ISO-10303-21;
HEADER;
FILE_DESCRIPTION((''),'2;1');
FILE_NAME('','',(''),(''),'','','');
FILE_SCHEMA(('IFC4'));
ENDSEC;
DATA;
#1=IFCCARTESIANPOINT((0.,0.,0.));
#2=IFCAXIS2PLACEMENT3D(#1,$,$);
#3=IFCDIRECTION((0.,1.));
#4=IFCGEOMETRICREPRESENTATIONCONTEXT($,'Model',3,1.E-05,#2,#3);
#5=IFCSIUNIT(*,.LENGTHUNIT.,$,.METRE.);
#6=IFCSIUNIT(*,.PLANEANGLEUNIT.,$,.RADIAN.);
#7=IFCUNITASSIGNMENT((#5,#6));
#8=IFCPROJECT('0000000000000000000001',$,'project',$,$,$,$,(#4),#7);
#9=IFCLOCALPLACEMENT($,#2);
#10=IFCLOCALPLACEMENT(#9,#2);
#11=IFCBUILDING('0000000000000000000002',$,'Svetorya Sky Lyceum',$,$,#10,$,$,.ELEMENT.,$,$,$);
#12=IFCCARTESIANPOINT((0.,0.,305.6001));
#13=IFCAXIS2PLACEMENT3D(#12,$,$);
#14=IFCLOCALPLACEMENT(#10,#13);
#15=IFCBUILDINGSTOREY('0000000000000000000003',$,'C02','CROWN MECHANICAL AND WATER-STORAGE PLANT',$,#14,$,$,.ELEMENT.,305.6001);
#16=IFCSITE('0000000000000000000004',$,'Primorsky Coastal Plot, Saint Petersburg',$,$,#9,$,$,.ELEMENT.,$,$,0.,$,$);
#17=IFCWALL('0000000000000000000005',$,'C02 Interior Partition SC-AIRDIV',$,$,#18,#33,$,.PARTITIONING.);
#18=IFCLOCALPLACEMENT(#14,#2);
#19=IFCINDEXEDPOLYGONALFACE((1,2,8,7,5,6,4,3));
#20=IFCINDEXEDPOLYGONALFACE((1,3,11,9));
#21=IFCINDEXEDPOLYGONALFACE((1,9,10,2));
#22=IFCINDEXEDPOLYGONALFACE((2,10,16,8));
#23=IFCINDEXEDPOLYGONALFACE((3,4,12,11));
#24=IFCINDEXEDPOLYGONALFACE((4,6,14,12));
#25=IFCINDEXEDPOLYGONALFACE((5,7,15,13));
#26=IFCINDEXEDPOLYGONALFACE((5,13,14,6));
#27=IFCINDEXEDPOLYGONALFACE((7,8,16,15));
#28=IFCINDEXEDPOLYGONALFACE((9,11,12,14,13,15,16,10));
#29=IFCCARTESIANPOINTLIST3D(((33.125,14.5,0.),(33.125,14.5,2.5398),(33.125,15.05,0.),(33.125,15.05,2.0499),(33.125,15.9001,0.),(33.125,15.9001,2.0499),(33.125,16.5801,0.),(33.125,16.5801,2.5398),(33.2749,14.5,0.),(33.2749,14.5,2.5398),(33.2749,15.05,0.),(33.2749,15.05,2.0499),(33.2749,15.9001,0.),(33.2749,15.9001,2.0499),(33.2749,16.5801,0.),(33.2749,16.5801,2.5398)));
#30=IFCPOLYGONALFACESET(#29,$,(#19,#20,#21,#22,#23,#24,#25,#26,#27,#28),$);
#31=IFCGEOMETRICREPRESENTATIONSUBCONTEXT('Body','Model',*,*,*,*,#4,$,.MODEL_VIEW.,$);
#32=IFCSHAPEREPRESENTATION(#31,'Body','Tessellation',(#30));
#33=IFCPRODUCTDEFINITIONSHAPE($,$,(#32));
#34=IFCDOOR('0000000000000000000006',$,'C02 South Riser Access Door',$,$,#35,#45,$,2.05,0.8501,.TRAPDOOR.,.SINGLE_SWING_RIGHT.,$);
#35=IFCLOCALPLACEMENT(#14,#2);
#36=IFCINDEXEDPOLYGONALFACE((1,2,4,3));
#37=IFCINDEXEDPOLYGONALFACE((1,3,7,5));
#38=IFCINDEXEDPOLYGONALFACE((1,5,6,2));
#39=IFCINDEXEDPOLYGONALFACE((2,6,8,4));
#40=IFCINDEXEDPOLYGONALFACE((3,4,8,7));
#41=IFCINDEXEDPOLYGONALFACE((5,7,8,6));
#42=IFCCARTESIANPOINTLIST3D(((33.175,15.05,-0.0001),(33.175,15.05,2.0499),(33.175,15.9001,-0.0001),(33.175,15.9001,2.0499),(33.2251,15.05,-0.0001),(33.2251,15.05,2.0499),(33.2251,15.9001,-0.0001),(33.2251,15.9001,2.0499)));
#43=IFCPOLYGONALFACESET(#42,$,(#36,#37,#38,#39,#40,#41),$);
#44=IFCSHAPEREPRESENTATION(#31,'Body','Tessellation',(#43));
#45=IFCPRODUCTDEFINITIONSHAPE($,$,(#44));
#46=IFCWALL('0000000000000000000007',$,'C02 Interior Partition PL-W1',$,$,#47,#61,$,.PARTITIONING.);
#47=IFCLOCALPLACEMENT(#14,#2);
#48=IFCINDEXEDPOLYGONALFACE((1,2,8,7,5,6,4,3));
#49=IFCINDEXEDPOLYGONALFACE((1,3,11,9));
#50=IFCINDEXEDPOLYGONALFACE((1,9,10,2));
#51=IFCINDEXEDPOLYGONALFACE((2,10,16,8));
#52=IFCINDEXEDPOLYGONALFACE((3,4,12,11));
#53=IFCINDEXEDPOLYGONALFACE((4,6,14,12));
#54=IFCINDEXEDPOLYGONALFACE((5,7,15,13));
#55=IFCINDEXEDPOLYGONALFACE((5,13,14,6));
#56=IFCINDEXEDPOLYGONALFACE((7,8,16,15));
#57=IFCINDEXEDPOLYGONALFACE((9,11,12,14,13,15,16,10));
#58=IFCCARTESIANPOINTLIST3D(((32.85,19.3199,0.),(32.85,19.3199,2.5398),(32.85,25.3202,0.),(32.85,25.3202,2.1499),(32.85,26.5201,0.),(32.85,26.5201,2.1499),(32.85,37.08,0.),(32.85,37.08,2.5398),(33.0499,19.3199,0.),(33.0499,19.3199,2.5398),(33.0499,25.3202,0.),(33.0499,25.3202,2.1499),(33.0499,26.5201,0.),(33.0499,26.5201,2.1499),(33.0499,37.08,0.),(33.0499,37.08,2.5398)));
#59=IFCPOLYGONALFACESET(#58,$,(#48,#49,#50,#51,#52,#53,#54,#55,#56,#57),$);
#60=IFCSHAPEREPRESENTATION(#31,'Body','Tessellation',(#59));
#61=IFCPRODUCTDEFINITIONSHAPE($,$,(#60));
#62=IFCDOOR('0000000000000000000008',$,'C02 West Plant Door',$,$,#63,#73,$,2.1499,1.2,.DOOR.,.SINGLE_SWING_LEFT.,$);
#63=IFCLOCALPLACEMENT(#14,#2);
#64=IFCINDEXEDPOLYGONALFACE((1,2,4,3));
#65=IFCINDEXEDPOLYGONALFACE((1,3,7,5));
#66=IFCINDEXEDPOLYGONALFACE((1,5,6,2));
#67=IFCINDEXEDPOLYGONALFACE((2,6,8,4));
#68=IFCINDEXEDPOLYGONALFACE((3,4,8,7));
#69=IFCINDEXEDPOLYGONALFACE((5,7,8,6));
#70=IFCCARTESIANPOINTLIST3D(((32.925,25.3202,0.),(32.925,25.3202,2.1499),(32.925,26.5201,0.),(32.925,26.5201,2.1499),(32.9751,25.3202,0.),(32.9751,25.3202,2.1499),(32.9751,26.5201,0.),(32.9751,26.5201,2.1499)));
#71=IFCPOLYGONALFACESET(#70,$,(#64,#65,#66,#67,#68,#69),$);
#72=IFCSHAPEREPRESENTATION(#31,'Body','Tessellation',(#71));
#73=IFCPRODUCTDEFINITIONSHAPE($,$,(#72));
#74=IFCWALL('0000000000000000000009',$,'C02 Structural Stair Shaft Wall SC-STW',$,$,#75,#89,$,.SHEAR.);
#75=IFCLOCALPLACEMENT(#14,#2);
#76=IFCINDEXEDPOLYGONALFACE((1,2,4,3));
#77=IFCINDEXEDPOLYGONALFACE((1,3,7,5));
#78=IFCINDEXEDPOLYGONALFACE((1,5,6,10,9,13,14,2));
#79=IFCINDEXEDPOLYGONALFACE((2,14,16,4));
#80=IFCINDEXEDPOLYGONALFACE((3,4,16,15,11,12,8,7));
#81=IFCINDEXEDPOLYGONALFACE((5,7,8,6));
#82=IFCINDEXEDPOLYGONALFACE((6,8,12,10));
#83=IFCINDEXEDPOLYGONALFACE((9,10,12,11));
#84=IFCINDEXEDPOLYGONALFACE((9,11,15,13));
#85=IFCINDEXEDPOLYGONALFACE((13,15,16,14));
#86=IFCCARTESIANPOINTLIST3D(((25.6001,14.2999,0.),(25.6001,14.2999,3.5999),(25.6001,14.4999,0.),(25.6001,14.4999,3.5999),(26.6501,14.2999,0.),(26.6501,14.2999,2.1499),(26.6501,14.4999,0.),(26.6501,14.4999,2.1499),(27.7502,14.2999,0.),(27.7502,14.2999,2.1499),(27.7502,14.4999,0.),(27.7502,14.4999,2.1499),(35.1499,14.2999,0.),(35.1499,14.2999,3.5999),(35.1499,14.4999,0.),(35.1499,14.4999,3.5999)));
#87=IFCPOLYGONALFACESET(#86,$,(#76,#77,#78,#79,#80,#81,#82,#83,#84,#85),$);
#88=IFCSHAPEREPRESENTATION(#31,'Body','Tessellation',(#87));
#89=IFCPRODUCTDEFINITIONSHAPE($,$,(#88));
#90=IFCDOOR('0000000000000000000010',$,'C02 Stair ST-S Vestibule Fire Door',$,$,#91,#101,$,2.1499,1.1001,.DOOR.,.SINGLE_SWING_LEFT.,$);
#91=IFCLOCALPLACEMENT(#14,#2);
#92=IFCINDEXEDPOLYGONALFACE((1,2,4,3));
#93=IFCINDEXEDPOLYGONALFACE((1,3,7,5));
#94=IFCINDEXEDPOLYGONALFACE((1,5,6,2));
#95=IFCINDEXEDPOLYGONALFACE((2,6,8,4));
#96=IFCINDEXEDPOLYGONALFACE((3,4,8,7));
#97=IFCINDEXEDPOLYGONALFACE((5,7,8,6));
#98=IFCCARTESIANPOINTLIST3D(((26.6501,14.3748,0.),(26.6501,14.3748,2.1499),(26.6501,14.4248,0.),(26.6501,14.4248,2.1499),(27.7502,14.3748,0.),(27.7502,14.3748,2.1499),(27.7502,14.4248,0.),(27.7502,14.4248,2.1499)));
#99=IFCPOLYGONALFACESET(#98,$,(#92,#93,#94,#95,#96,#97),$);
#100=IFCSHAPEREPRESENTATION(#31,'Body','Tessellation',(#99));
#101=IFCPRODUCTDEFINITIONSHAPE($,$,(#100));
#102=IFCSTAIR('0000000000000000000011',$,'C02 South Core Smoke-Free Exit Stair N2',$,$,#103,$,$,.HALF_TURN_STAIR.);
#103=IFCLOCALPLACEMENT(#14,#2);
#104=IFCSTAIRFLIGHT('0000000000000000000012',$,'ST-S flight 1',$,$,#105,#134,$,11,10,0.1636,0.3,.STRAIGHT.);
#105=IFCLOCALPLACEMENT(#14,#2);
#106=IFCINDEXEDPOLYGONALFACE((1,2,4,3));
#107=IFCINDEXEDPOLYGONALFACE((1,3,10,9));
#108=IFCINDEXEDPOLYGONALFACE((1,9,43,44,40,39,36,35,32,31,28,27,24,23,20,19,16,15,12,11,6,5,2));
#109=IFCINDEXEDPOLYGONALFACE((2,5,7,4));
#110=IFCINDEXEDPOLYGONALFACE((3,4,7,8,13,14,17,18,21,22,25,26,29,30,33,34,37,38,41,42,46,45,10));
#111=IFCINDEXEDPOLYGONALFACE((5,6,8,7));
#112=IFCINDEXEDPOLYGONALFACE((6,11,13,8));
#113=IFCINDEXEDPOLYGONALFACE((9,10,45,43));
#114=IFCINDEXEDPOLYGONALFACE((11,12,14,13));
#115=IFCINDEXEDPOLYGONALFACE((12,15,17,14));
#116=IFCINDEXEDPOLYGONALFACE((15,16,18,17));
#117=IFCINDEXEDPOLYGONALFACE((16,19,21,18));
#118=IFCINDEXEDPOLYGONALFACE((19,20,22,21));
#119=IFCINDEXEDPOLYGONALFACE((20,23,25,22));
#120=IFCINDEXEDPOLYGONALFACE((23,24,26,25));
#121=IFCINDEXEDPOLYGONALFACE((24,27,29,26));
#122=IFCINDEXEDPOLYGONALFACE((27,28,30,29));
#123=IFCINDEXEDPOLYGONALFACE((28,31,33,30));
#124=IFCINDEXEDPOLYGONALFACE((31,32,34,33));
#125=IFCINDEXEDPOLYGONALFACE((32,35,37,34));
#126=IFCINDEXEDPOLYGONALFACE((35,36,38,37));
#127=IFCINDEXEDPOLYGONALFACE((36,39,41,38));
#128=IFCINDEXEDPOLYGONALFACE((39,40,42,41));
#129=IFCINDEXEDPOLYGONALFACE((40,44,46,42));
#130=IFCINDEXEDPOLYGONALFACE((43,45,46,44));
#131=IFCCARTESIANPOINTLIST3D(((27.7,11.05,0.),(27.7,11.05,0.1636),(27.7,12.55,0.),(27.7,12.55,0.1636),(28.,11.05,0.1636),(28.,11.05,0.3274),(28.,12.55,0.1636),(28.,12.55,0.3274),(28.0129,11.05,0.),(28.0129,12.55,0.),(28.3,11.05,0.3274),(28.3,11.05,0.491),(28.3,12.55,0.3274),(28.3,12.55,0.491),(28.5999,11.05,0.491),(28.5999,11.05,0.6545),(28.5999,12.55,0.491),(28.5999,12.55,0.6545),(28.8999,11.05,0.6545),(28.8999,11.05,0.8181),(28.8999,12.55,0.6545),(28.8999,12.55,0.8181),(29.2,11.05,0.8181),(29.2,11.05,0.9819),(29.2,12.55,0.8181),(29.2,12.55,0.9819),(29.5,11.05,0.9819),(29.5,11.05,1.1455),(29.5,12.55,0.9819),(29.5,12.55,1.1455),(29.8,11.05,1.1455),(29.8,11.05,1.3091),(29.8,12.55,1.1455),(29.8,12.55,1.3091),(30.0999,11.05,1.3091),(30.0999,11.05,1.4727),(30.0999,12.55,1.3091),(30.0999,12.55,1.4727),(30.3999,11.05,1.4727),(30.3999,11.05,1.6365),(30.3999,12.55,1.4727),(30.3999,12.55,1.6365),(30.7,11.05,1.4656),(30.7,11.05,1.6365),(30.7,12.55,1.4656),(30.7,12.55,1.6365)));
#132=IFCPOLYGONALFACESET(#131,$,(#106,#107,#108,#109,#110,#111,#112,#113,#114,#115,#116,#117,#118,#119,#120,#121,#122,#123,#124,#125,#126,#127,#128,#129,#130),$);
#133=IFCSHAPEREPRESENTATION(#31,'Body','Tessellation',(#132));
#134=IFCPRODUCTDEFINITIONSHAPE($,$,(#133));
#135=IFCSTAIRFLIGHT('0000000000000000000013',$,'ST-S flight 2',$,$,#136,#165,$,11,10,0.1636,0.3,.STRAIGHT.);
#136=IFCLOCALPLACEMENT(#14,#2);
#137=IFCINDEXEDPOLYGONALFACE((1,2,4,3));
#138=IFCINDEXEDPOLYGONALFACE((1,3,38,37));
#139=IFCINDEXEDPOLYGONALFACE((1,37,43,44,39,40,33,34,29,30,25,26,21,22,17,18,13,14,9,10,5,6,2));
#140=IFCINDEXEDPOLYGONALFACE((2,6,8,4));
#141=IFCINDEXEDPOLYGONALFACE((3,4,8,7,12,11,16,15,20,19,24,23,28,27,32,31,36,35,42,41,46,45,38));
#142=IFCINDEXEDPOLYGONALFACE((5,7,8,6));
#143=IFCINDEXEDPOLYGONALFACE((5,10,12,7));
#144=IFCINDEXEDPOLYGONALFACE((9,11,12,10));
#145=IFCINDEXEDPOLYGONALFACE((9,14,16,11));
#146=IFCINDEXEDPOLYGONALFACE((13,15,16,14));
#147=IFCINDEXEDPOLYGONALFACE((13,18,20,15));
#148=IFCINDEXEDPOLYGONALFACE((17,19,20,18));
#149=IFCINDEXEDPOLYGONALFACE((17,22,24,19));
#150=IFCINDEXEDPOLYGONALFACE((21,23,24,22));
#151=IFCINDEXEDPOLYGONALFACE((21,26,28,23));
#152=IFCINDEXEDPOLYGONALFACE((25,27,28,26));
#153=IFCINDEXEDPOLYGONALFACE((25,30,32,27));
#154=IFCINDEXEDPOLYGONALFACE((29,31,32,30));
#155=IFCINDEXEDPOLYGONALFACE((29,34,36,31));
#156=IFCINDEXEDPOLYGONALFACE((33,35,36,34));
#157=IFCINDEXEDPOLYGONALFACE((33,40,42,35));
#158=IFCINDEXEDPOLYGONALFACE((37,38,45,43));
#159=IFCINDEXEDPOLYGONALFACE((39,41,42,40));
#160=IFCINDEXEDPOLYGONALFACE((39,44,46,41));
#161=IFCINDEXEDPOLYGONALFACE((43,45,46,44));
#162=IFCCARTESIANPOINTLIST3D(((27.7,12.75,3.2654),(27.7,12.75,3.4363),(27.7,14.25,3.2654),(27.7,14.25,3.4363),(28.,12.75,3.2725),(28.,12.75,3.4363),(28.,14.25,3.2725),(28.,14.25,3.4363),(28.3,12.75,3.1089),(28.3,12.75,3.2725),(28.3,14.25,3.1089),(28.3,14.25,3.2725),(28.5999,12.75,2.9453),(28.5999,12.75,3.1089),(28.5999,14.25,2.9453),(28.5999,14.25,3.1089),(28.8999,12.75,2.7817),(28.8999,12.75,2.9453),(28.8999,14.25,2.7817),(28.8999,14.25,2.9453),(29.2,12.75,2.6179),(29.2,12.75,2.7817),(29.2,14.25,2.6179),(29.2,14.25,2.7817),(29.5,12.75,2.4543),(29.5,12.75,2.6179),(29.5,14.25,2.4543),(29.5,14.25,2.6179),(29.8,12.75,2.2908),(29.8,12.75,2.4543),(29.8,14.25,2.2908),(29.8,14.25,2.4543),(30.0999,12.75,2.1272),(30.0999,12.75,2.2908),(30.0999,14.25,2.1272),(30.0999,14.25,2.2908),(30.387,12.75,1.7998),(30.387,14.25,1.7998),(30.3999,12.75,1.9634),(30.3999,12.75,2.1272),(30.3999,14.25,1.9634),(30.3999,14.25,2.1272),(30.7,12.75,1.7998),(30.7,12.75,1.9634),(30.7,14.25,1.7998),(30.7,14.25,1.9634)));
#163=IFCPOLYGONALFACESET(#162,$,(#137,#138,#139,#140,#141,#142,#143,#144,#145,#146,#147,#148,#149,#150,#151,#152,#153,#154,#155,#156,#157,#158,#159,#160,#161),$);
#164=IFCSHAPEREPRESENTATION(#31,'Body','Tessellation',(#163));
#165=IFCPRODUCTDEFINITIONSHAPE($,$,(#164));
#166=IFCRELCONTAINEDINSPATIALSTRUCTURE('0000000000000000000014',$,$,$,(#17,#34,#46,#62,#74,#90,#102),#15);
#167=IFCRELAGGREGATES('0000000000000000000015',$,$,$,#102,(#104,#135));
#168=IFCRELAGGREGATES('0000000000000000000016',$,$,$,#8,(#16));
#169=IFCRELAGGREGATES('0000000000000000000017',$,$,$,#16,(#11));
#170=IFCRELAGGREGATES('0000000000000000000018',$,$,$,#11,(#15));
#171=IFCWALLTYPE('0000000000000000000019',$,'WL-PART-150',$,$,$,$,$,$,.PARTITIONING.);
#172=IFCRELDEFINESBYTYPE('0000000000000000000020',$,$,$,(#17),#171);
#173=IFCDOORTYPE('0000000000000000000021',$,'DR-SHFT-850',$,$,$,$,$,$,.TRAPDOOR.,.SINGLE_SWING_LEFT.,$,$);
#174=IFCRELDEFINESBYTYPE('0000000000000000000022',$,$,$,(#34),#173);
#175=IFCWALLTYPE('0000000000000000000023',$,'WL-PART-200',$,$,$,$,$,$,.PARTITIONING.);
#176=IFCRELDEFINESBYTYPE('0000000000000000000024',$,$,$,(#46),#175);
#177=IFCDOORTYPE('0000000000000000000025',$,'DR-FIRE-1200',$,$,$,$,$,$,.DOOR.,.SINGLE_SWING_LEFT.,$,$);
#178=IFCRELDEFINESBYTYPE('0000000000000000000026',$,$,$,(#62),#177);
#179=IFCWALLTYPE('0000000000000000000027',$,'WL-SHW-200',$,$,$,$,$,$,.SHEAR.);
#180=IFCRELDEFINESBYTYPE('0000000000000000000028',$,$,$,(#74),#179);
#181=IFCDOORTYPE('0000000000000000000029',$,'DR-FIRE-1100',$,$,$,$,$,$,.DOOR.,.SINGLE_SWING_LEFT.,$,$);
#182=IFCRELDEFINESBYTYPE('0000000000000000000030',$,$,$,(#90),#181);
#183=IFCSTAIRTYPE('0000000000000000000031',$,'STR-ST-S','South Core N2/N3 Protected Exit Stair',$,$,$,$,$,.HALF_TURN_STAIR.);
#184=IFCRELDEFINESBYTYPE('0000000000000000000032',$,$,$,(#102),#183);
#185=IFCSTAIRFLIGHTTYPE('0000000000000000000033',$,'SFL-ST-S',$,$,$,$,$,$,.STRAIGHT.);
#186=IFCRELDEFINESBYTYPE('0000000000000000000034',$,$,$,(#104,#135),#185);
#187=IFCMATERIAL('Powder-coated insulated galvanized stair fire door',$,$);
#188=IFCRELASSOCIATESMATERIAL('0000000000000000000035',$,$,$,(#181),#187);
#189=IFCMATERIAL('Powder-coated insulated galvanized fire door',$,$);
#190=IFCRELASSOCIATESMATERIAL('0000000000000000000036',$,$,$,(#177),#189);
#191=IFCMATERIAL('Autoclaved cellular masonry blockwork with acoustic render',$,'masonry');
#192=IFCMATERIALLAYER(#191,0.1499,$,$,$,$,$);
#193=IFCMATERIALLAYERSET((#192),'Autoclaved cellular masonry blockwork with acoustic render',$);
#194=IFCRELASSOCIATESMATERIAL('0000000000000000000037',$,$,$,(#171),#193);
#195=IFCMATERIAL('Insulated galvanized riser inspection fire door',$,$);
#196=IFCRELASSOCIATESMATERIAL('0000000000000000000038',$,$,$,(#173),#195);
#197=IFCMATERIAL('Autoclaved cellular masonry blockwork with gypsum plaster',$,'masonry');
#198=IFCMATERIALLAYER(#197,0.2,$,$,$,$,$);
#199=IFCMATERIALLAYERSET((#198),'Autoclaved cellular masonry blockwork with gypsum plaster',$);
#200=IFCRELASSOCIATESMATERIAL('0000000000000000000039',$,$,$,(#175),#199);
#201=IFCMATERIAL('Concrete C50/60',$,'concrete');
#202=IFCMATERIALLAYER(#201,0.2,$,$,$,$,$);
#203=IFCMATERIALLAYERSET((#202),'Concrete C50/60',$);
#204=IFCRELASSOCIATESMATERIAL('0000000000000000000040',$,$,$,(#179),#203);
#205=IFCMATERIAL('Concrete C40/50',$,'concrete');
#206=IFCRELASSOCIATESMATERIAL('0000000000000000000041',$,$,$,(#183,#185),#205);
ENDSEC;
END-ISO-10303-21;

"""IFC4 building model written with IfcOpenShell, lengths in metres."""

from ifc_helpers import new_model, si_unit, direction, frame, frame_2d, origin, place, context, subcontext, project, spatial, polyline, rectangle, outline, extrude, material, layer, layer_set, type_object, element, fill, aggregate, save


model = new_model("IFC4")

# Units and contexts
model_context = context("Model", 3, precision=1e-05, world=origin(), true_north=direction((0.0, 1.0)))
body_context = subcontext(model_context, "Body", "Model", "MODEL_VIEW")
ifc_project = project(units=[si_unit("LENGTHUNIT", "METRE"), si_unit("PLANEANGLEUNIT", "RADIAN")], contexts=[model_context])

# Site, building, storey
site_placement = place(None, origin())
site = spatial("IfcSite", under=ifc_project, at=site_placement, Name="Primorsky Coastal Plot, Saint Petersburg", CompositionType="ELEMENT", RefElevation=0.0)
building_placement = place(site_placement, origin())
building = spatial("IfcBuilding", under=site, at=building_placement, Name="Svetorya Sky Lyceum", CompositionType="ELEMENT")
storey_placement = place(building_placement, frame((0.0, 0.0, 305.6001)))
storey = spatial("IfcBuildingStorey", under=building, at=storey_placement, Name="C02", Description="CROWN MECHANICAL AND WATER-STORAGE PLANT", CompositionType="ELEMENT", Elevation=305.6001)

# Shared definitions
ifc_material_1 = material(Name="Concrete C40/50", Category="concrete")

# Shared definitions
ifc_material_2 = material(Name="Powder-coated insulated galvanized stair fire door")
door_type_1 = type_object("IfcDoorType", Name="DR-FIRE-1100", OperationType="SINGLE_SWING_LEFT", PredefinedType="DOOR", material=ifc_material_2)
ifc_material_3 = material(Name="Powder-coated insulated galvanized fire door")
door_type_2 = type_object("IfcDoorType", Name="DR-FIRE-1200", OperationType="SINGLE_SWING_LEFT", PredefinedType="DOOR", material=ifc_material_3)

# Walls, openings, doors
ifc_material_4 = material(Name="Autoclaved cellular masonry blockwork with acoustic render", Category="masonry")
ifc_layer_1 = layer(ifc_material_4, 0.1499)
ifc_layer_set_1 = layer_set([ifc_layer_1], Name="Autoclaved cellular masonry blockwork with acoustic render")
wall_type_1 = type_object("IfcWallType", Name="WL-PART-150", PredefinedType="PARTITIONING", material=ifc_layer_set_1)
wall_1_placement = place(storey_placement, frame((33.2, 14.5, 0.0), z_axis=(0.0, 0.0, 1.0), x_axis=(0.0, 1.0, 0.0)))
wall_1 = element("IfcWall", 1, at=wall_1_placement, inside=storey, type_object=wall_type_1, Name="C02 Interior Partition SC-AIRDIV", PredefinedType="PARTITIONING", context=body_context, shape_type="SweptSolid", body=[
    extrude(rectangle(XDim=2.0801, YDim=0.1499, at=frame_2d((1.04, 0.0))), origin(), (0.0, 0.0, 1.0), 2.5398),
])
opening_1_placement = place(wall_1_placement, frame((0.55, 0.0, 0.0)))
opening_1 = element("IfcOpeningElement", 2, at=opening_1_placement, cuts=wall_1, PredefinedType="OPENING", context=body_context, shape_type="SweptSolid", body=[
    extrude(rectangle(XDim=0.8501, YDim=2.05, at=frame_2d((0.425, 1.0249))), frame((0.0, 0.085, 0.0), z_axis=(0.0, -1.0, 0.0), x_axis=(1.0, 0.0, 0.0)), (0.0, 0.0, 1.0), 0.1699),
])
ifc_material_5 = material(Name="Insulated galvanized riser inspection fire door")
door_type_3 = type_object("IfcDoorType", Name="DR-SHFT-850", OperationType="SINGLE_SWING_LEFT", PredefinedType="TRAPDOOR", material=ifc_material_5)
door_1_placement = place(opening_1_placement, origin())
door_1 = element("IfcDoor", 3, at=door_1_placement, inside=storey, type_object=door_type_3, Name="C02 South Riser Access Door", OperationType="SINGLE_SWING_RIGHT", OverallHeight=2.05, OverallWidth=0.8501, PredefinedType="TRAPDOOR", context=body_context, shape_type="SweptSolid", body=[
    extrude(rectangle(XDim=0.8501, YDim=2.05, at=frame_2d((0.425, 1.0249))), frame((0.0, 0.0249, 0.0), z_axis=(0.0, -1.0, 0.0), x_axis=(1.0, 0.0, 0.0)), (0.0, 0.0, 1.0), 0.05),
])
fill(opening_1, door_1)
ifc_material_6 = material(Name="Autoclaved cellular masonry blockwork with gypsum plaster", Category="masonry")
ifc_layer_2 = layer(ifc_material_6, 0.2)
ifc_layer_set_2 = layer_set([ifc_layer_2], Name="Autoclaved cellular masonry blockwork with gypsum plaster")
wall_type_2 = type_object("IfcWallType", Name="WL-PART-200", PredefinedType="PARTITIONING", material=ifc_layer_set_2)
wall_2_placement = place(storey_placement, frame((32.95, 19.3201, 0.0), z_axis=(0.0, 0.0, 1.0), x_axis=(0.0, 1.0, 0.0)))
wall_2 = element("IfcWall", 4, at=wall_2_placement, inside=storey, type_object=wall_type_2, Name="C02 Interior Partition PL-W1", PredefinedType="PARTITIONING", context=body_context, shape_type="SweptSolid", body=[
    extrude(rectangle(XDim=17.76, YDim=0.2, at=frame_2d((8.8799, 0.0))), origin(), (0.0, 0.0, 1.0), 2.5398),
])
opening_2_placement = place(wall_2_placement, frame((6.0, 0.0, 0.0)))
opening_2 = element("IfcOpeningElement", 5, at=opening_2_placement, cuts=wall_2, PredefinedType="OPENING", context=body_context, shape_type="SweptSolid", body=[
    extrude(rectangle(XDim=1.2, YDim=2.1499, at=frame_2d((0.6001, 1.075))), frame((0.0, 0.1099, 0.0), z_axis=(0.0, -1.0, 0.0), x_axis=(1.0, 0.0, 0.0)), (0.0, 0.0, 1.0), 0.22),
])
door_2_placement = place(opening_2_placement, origin())
door_2 = element("IfcDoor", 6, at=door_2_placement, inside=storey, type_object=door_type_2, Name="C02 West Plant Door", OperationType="SINGLE_SWING_LEFT", OverallHeight=2.1499, OverallWidth=1.2, PredefinedType="DOOR", context=body_context, shape_type="SweptSolid", body=[
    extrude(rectangle(XDim=1.2, YDim=2.1499, at=frame_2d((0.6001, 1.075))), frame((0.0, 0.0249, 0.0), z_axis=(0.0, -1.0, 0.0), x_axis=(1.0, 0.0, 0.0)), (0.0, 0.0, 1.0), 0.05),
])
fill(opening_2, door_2)
ifc_material_7 = material(Name="Concrete C50/60", Category="concrete")
ifc_layer_3 = layer(ifc_material_7, 0.2)
ifc_layer_set_3 = layer_set([ifc_layer_3], Name="Concrete C50/60")
wall_type_3 = type_object("IfcWallType", Name="WL-SHW-200", PredefinedType="SHEAR", material=ifc_layer_set_3)
wall_3_placement = place(storey_placement, frame((25.6001, 14.3999, 0.0), z_axis=(0.0, 0.0, 1.0), x_axis=(1.0, 0.0, 0.0)))
wall_3 = element("IfcWall", 7, at=wall_3_placement, inside=storey, type_object=wall_type_3, Name="C02 Structural Stair Shaft Wall SC-STW", PredefinedType="SHEAR", context=body_context, shape_type="SweptSolid", body=[
    extrude(rectangle(XDim=9.5498, YDim=0.2, at=frame_2d((4.7749, 0.0))), origin(), (0.0, 0.0, 1.0), 3.5999),
])
opening_3_placement = place(wall_3_placement, frame((1.05, 0.0, 0.0)))
opening_3 = element("IfcOpeningElement", 8, at=opening_3_placement, cuts=wall_3, PredefinedType="OPENING", context=body_context, shape_type="SweptSolid", body=[
    extrude(rectangle(XDim=1.1001, YDim=2.1499, at=frame_2d((0.55, 1.075))), frame((0.0, 0.1099, 0.0), z_axis=(0.0, -1.0, 0.0), x_axis=(1.0, 0.0, 0.0)), (0.0, 0.0, 1.0), 0.22),
])
door_3_placement = place(opening_3_placement, origin())
door_3 = element("IfcDoor", 9, at=door_3_placement, inside=storey, type_object=door_type_1, Name="C02 Stair ST-S Vestibule Fire Door", OperationType="SINGLE_SWING_LEFT", OverallHeight=2.1499, OverallWidth=1.1001, PredefinedType="DOOR", context=body_context, shape_type="SweptSolid", body=[
    extrude(rectangle(XDim=1.1001, YDim=2.1499, at=frame_2d((0.55, 1.075))), frame((0.0, 0.0249, 0.0), z_axis=(0.0, -1.0, 0.0), x_axis=(1.0, 0.0, 0.0)), (0.0, 0.0, 1.0), 0.05),
])
fill(opening_3, door_3)

# Stair, stair flights
stair_type = type_object("IfcStairType", Name="STR-ST-S", Description="South Core N2/N3 Protected Exit Stair", PredefinedType="HALF_TURN_STAIR", material=ifc_material_1)
stair_placement = place(storey_placement, origin())
stair = element("IfcStair", 10, at=stair_placement, inside=storey, type_object=stair_type, Name="C02 South Core Smoke-Free Exit Stair N2", PredefinedType="HALF_TURN_STAIR")
stair_flight_type = type_object("IfcStairFlightType", Name="SFL-ST-S", PredefinedType="STRAIGHT", material=ifc_material_1)
stair_flight_1_placement = place(storey_placement, frame((27.7, 11.8, 0.0), z_axis=(0.0, 0.0, 1.0), x_axis=(1.0, 0.0, 0.0)))
stair_flight_1 = element("IfcStairFlight", 11, at=stair_flight_1_placement, type_object=stair_flight_type, Name="ST-S flight 1", NumberOfRisers=11, NumberOfTreads=10, PredefinedType="STRAIGHT", RiserHeight=0.1636, TreadLength=0.3, context=body_context, shape_type="SweptSolid", body=[
    extrude(outline(polyline([(0.0, 0.0), (0.0, 0.1636), (0.3, 0.1636), (0.3, 0.3274), (0.6001, 0.3274), (0.6001, 0.491), (0.8999, 0.491), (0.8999, 0.6545), (1.2, 0.6545), (1.2, 0.8181), (1.5, 0.8181), (1.5, 0.9819), (1.8, 0.9819), (1.8, 1.1455), (2.1001, 1.1455), (2.1001, 1.3091), (2.3999, 1.3091), (2.3999, 1.4727), (2.7, 1.4727), (2.7, 1.6365), (3.0, 1.6365), (3.0, 1.8), (3.0, 1.4656), (0.313, 0.0), (0.0, 0.0)])), frame((0.0, 0.75, 0.0), z_axis=(0.0, -1.0, 0.0), x_axis=(1.0, 0.0, 0.0)), (0.0, 0.0, 1.0), 1.5),
])
stair_flight_2_placement = place(storey_placement, frame((30.7, 13.5, 1.7998), z_axis=(0.0, 0.0, 1.0), x_axis=(-1.0, 0.0, 0.0)))
stair_flight_2 = element("IfcStairFlight", 12, at=stair_flight_2_placement, type_object=stair_flight_type, Name="ST-S flight 2", NumberOfRisers=11, NumberOfTreads=10, PredefinedType="STRAIGHT", RiserHeight=0.1636, TreadLength=0.3, context=body_context, shape_type="SweptSolid", body=[
    extrude(outline(polyline([(0.0, 0.0), (0.0, 0.1636), (0.3, 0.1636), (0.3, 0.3274), (0.6001, 0.3274), (0.6001, 0.491), (0.8999, 0.491), (0.8999, 0.6545), (1.2, 0.6545), (1.2, 0.8181), (1.5, 0.8181), (1.5, 0.9819), (1.8, 0.9819), (1.8, 1.1455), (2.1001, 1.1455), (2.1001, 1.3091), (2.3999, 1.3091), (2.3999, 1.4727), (2.7, 1.4727), (2.7, 1.6365), (3.0, 1.6365), (3.0, 1.8), (3.0, 1.4656), (0.313, 0.0), (0.0, 0.0)])), frame((0.0, 0.75, 0.0), z_axis=(0.0, -1.0, 0.0), x_axis=(1.0, 0.0, 0.0)), (0.0, 0.0, 1.0), 1.5),
])
aggregate(stair, [stair_flight_1, stair_flight_2])

save(model, "model.ifc")
